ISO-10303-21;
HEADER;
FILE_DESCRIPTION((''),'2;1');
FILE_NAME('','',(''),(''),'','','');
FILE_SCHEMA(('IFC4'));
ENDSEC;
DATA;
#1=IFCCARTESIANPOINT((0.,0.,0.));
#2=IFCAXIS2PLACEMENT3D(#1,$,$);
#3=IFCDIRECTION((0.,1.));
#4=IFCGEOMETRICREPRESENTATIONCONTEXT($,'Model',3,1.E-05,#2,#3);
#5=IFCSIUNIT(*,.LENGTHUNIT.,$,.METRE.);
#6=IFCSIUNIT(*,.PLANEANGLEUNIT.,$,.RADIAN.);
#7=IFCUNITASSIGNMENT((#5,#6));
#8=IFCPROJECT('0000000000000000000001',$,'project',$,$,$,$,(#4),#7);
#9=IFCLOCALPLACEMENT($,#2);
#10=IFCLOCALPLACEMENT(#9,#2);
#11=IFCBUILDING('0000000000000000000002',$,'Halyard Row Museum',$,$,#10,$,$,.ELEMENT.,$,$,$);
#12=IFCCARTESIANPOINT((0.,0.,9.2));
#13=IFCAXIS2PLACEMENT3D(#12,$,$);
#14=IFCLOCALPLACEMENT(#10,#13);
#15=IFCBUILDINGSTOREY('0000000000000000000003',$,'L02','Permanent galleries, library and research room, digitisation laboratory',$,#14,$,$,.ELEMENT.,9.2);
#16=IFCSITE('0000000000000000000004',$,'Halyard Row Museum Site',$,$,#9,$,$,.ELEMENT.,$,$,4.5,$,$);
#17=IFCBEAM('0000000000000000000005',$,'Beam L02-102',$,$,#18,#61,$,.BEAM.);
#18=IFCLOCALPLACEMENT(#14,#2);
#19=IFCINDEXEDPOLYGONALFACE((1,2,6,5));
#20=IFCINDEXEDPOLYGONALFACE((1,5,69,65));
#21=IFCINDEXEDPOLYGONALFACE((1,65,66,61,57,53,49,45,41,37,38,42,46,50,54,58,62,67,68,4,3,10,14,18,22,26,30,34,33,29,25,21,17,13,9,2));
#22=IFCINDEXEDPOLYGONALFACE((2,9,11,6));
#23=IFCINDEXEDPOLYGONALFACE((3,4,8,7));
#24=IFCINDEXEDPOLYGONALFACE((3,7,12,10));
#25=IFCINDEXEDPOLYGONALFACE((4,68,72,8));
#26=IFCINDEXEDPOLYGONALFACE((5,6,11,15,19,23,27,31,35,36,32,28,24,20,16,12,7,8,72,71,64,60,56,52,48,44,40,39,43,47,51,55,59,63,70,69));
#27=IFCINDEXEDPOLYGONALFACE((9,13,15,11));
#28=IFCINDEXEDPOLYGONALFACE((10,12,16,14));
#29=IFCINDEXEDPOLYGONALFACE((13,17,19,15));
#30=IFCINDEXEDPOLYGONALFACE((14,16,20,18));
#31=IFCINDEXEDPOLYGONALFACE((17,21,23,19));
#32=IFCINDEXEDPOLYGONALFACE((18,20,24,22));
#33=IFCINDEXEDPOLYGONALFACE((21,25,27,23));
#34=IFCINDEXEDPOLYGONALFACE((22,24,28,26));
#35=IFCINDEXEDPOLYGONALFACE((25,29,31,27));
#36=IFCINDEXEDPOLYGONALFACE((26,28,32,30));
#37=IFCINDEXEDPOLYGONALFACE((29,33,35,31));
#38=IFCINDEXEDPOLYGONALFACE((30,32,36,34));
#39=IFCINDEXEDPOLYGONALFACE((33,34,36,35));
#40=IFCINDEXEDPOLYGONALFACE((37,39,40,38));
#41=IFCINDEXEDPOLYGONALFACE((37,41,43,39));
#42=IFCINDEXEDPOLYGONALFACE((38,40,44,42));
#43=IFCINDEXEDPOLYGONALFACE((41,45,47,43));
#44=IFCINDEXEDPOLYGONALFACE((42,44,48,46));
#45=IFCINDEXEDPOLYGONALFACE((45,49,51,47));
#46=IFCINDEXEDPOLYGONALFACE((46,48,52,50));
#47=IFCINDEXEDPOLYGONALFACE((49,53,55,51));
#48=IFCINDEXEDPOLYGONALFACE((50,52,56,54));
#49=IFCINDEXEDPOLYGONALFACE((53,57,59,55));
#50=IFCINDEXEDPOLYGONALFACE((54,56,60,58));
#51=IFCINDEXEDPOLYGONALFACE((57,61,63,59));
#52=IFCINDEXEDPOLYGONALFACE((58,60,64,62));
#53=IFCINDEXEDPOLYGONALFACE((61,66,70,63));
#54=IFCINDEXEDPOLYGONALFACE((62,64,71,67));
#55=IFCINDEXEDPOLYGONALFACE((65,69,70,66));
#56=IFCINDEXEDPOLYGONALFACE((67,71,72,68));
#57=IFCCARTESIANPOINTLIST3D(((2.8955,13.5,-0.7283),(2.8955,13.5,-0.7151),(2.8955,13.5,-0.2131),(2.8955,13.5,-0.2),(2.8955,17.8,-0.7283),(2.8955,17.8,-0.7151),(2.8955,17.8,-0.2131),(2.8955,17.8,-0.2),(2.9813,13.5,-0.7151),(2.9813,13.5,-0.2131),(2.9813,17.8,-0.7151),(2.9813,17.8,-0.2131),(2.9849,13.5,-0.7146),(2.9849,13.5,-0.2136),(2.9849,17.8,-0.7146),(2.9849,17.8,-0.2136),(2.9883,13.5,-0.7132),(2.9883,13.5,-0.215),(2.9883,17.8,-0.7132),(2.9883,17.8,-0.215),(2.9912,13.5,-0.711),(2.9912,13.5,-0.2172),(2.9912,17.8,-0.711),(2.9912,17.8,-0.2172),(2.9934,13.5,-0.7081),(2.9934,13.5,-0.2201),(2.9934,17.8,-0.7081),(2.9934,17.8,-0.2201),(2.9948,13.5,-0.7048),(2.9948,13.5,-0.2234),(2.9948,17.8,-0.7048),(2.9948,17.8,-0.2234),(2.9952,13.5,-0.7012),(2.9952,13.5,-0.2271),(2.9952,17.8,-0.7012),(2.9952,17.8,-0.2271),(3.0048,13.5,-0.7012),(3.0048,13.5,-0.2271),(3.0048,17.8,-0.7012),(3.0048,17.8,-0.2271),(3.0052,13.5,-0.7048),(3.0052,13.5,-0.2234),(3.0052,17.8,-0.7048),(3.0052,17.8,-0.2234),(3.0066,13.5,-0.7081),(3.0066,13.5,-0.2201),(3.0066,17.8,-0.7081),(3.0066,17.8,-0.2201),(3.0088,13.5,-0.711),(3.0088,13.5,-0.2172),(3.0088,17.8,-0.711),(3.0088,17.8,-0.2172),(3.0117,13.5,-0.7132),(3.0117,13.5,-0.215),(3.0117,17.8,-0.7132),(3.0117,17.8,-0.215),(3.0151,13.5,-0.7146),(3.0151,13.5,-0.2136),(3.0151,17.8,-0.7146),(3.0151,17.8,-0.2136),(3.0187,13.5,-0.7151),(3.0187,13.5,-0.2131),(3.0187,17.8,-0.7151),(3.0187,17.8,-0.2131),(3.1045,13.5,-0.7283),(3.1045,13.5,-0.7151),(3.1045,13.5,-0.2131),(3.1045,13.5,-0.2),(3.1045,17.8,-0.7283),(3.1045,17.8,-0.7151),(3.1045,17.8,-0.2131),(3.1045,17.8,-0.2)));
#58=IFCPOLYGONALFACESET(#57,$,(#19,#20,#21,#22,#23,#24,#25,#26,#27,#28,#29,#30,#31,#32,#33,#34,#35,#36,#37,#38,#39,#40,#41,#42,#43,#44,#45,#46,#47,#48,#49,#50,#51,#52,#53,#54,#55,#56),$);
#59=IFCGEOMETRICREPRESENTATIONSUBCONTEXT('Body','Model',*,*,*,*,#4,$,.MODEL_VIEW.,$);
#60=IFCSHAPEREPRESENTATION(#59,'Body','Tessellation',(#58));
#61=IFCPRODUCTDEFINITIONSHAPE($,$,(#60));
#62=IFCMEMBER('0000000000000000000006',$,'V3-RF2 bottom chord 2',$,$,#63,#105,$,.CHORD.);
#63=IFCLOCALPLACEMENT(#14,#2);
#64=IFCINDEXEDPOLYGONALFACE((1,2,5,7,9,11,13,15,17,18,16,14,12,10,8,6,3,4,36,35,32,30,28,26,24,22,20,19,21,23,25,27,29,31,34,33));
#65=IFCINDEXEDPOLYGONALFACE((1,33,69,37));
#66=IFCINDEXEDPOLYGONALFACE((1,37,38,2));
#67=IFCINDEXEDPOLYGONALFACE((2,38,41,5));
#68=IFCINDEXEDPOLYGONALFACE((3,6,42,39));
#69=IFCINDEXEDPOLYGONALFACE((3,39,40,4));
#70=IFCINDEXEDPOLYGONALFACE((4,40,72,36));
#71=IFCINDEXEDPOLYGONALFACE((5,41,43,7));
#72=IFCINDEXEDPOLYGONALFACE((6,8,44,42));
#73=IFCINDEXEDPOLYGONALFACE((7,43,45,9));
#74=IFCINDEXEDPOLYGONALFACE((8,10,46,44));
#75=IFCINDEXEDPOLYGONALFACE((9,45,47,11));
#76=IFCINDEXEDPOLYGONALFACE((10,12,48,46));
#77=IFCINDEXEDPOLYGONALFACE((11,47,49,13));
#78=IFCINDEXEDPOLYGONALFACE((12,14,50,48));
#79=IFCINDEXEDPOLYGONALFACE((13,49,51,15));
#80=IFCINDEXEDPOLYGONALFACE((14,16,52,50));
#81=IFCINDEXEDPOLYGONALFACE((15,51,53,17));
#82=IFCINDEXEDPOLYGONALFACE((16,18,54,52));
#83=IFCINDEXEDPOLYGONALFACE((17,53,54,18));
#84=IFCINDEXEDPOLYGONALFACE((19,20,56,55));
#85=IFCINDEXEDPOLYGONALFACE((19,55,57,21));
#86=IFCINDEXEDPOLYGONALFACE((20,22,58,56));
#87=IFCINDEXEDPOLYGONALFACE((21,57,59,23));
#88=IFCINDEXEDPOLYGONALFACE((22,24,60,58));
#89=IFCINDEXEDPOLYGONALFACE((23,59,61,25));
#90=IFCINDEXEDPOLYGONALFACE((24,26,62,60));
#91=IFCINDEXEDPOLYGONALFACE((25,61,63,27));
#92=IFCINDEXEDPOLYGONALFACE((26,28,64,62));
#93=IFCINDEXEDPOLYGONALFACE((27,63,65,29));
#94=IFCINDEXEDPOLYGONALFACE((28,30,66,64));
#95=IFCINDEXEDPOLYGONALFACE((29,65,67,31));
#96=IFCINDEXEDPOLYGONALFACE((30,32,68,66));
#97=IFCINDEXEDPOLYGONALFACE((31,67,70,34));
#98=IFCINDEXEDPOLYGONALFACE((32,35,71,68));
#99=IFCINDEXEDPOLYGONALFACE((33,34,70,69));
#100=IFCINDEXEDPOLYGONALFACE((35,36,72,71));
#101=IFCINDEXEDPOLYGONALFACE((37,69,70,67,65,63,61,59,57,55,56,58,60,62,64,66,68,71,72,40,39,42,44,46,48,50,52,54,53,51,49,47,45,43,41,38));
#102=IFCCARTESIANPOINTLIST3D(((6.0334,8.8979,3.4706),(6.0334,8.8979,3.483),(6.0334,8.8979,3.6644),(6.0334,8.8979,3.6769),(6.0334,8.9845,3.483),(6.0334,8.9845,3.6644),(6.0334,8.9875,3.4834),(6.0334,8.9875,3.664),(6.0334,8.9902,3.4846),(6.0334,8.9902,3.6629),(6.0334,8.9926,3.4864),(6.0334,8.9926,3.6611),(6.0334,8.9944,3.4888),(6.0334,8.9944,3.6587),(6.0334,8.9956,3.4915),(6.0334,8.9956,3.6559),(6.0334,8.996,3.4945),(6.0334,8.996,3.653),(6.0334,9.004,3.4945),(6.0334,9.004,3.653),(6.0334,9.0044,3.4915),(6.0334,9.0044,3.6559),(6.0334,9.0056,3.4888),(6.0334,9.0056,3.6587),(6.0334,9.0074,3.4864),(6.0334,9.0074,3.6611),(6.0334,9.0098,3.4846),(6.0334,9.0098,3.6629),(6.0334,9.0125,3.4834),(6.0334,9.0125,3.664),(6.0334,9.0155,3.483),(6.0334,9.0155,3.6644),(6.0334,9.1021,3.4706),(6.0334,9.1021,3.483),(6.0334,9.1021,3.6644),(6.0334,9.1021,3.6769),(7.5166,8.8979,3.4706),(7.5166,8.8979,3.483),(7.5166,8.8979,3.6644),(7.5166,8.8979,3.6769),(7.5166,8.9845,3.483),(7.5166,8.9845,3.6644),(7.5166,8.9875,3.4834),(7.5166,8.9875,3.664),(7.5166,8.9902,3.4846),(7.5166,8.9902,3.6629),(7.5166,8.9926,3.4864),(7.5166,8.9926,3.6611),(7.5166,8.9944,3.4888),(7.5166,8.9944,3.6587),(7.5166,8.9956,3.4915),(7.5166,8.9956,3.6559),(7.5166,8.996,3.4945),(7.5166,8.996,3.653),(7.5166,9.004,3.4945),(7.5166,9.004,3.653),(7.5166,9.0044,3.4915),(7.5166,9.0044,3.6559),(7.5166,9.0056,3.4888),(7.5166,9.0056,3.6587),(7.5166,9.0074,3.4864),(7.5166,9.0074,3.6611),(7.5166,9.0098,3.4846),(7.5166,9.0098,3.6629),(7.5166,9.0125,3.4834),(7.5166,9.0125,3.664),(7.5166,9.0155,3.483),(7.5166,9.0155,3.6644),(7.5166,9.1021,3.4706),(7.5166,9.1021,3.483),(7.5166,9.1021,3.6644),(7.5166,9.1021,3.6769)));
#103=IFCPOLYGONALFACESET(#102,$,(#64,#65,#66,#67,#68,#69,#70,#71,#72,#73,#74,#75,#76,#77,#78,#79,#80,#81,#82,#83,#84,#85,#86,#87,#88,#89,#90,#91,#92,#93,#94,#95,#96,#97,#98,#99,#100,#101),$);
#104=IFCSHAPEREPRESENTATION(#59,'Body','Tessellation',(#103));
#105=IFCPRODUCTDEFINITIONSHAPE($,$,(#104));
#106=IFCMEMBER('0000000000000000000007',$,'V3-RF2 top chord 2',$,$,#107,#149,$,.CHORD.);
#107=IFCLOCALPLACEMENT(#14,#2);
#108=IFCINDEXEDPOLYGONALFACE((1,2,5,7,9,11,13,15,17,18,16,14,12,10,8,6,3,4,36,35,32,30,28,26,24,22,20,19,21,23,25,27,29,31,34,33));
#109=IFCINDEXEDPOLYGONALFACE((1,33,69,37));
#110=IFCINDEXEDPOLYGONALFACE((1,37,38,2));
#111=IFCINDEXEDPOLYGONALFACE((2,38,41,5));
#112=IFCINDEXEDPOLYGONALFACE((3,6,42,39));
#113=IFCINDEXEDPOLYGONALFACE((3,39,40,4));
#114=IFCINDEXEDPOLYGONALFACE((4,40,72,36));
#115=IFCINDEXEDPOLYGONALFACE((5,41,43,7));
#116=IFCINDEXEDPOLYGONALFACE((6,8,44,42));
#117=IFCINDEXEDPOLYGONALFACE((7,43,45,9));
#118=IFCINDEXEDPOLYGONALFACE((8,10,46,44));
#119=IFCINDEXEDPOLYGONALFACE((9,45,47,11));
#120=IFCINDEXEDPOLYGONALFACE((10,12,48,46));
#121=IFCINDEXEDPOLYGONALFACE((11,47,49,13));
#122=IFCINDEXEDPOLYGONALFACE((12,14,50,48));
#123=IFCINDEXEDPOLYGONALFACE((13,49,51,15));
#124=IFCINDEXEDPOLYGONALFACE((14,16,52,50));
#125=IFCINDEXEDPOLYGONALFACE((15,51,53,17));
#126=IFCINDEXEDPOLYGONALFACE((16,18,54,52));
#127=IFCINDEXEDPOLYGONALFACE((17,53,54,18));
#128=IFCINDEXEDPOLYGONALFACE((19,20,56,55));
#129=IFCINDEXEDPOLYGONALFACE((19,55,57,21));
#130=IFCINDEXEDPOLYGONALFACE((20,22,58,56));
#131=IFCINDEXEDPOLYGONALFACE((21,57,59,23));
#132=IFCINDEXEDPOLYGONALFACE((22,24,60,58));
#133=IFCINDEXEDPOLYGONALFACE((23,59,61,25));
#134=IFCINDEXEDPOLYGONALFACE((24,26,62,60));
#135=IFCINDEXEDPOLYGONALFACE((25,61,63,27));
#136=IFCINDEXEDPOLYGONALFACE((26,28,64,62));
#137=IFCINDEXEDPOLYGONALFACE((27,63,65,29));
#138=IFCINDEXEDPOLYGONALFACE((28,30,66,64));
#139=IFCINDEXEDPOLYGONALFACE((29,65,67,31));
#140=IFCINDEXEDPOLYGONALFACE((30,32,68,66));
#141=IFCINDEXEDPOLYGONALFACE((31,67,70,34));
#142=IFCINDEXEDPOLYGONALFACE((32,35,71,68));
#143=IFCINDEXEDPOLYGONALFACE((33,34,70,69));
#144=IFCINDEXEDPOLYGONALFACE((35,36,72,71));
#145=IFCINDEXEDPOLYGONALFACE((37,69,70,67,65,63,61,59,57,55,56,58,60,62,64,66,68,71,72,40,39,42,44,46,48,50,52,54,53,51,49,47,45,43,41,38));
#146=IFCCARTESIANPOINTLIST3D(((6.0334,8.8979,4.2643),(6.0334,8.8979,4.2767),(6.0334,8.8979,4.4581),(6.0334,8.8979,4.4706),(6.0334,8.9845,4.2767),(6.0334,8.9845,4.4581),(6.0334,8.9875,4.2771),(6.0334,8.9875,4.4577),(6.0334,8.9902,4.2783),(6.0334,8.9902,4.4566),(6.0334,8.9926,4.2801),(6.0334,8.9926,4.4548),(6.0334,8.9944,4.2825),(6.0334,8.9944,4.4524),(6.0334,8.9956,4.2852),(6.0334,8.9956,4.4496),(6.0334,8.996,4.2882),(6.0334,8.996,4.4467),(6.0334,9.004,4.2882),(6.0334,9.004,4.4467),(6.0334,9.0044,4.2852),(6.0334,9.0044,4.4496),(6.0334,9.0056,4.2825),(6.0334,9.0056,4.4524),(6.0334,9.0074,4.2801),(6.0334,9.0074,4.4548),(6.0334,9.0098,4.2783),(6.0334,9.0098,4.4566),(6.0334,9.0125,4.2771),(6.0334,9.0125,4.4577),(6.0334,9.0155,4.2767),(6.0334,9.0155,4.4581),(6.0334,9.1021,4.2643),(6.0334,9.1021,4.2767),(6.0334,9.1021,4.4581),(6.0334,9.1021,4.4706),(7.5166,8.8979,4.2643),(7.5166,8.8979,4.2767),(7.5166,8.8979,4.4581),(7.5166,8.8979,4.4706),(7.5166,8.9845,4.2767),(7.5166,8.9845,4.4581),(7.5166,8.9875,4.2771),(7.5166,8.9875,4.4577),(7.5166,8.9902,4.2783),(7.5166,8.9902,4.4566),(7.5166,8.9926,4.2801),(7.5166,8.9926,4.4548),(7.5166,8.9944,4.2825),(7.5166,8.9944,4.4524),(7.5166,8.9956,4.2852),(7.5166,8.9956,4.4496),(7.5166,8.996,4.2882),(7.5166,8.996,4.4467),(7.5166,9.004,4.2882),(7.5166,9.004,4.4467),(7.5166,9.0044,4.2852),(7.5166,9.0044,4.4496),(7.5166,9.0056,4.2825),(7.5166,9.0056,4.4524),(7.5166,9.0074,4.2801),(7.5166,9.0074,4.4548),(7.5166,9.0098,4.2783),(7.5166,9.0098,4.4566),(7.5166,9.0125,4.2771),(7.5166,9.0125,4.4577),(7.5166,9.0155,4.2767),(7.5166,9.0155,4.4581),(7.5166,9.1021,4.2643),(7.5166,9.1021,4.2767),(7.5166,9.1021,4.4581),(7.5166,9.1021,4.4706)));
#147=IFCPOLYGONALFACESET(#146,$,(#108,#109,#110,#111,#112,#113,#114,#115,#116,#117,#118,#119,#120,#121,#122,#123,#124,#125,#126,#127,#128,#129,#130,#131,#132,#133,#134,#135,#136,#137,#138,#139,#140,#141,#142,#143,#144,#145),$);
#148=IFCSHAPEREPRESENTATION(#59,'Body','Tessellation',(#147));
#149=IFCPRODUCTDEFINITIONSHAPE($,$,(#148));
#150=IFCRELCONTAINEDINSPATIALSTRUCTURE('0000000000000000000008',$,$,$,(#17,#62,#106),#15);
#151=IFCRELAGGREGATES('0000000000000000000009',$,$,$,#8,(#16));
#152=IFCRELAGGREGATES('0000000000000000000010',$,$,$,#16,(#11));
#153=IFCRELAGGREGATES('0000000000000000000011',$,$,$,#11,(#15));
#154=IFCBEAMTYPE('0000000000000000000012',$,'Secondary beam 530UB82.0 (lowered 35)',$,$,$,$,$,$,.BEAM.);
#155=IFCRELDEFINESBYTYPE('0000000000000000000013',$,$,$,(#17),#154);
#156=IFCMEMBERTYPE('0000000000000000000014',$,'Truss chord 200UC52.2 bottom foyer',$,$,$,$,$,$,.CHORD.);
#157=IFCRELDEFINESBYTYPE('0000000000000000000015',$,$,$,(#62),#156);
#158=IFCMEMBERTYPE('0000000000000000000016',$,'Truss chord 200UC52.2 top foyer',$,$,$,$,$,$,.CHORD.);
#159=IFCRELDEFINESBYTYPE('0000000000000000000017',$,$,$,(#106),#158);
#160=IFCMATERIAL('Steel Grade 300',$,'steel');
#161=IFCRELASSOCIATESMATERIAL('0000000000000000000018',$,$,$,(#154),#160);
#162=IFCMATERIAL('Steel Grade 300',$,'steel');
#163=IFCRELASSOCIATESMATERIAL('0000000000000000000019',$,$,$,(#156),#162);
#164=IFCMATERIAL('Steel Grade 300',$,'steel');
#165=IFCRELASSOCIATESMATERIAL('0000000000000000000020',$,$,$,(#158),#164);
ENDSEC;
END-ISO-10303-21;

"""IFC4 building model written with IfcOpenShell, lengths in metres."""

from ifc_helpers import new_model, si_unit, direction, frame, origin, origin_2d, place, context, subcontext, project, spatial, i_section, extrude, material, material_profile, profile_set, type_object, element, save


model = new_model("IFC4")

# Units and contexts
model_context = context("Model", 3, precision=1e-05, world=origin(), true_north=direction((0.0, 1.0)))
body_context = subcontext(model_context, "Body", "Model", "MODEL_VIEW")
ifc_project = project(units=[si_unit("LENGTHUNIT", "METRE"), si_unit("PLANEANGLEUNIT", "RADIAN")], contexts=[model_context])

# Site, building, storey
site_placement = place(None, origin())
site = spatial("IfcSite", under=ifc_project, at=site_placement, Name="Halyard Row Museum Site", CompositionType="ELEMENT", RefElevation=4.5)
building_placement = place(site_placement, origin())
building = spatial("IfcBuilding", under=site, at=building_placement, Name="Halyard Row Museum", CompositionType="ELEMENT")
storey_placement = place(building_placement, frame((0.0, 0.0, 9.2)))
storey = spatial("IfcBuildingStorey", under=building, at=storey_placement, Name="L02", Description="Permanent galleries, library and research room, digitisation laboratory", CompositionType="ELEMENT", Elevation=9.2)

# Beam
ifc_material_1 = material(Name="Steel Grade 300", Category="steel")
ifc_material_profile_1 = material_profile(ifc_material_1, i_section(OverallWidth=0.209, OverallDepth=0.5283, WebThickness=0.0095, FlangeThickness=0.0132, FilletRadius=0.0139, at=origin_2d()), Name="530UB82.0")
ifc_profile_set_1 = profile_set([ifc_material_profile_1], Name="Steel Grade 300")
beam_type_1 = type_object("IfcBeamType", Name="Secondary beam 530UB82.0 (lowered 35)", PredefinedType="BEAM", material=ifc_profile_set_1)
beam_1_placement = place(storey_placement, frame((3.0, 13.5, -0.4641), z_axis=(0.0, 1.0, 0.0), x_axis=(-1.0, 0.0, 0.0)))
element("IfcBeam", 1, at=beam_1_placement, inside=storey, type_object=beam_type_1, Name="Beam L02-102", PredefinedType="BEAM", context=body_context, shape_type="SweptSolid", body=[
    extrude(i_section(OverallWidth=0.209, OverallDepth=0.5283, WebThickness=0.0095, FlangeThickness=0.0132, FilletRadius=0.0139, at=origin_2d()), origin(), (0.0, 0.0, 1.0), 4.3),
])

# Members
ifc_material_2 = material(Name="Steel Grade 300", Category="steel")
ifc_material_profile_2 = material_profile(ifc_material_2, i_section(OverallWidth=0.2041, OverallDepth=0.2063, WebThickness=0.0081, FlangeThickness=0.0125, FilletRadius=0.0115, at=origin_2d()), Name="200UC52.2")
ifc_profile_set_2 = profile_set([ifc_material_profile_2], Name="Steel Grade 300")
member_type_1 = type_object("IfcMemberType", Name="Truss chord 200UC52.2 bottom foyer", PredefinedType="CHORD", material=ifc_profile_set_2)
member_1_placement = place(storey_placement, frame((6.0334, 9.0, 3.5737), z_axis=(1.0, 0.0, 0.0), x_axis=(0.0, 1.0, 0.0)))
element("IfcMember", 2, at=member_1_placement, inside=storey, type_object=member_type_1, Name="V3-RF2 bottom chord 2", PredefinedType="CHORD", context=body_context, shape_type="SweptSolid", body=[
    extrude(i_section(OverallWidth=0.2041, OverallDepth=0.2063, WebThickness=0.0081, FlangeThickness=0.0125, FilletRadius=0.0115, at=origin_2d()), origin(), (0.0, 0.0, 1.0), 1.4832),
])
ifc_material_3 = material(Name="Steel Grade 300", Category="steel")
ifc_material_profile_3 = material_profile(ifc_material_3, i_section(OverallWidth=0.2041, OverallDepth=0.2063, WebThickness=0.0081, FlangeThickness=0.0125, FilletRadius=0.0115, at=origin_2d()), Name="200UC52.2")
ifc_profile_set_3 = profile_set([ifc_material_profile_3], Name="Steel Grade 300")
member_type_2 = type_object("IfcMemberType", Name="Truss chord 200UC52.2 top foyer", PredefinedType="CHORD", material=ifc_profile_set_3)
member_2_placement = place(storey_placement, frame((6.0334, 9.0, 4.3674), z_axis=(1.0, 0.0, 0.0), x_axis=(0.0, 1.0, 0.0)))
element("IfcMember", 3, at=member_2_placement, inside=storey, type_object=member_type_2, Name="V3-RF2 top chord 2", PredefinedType="CHORD", context=body_context, shape_type="SweptSolid", body=[
    extrude(i_section(OverallWidth=0.2041, OverallDepth=0.2063, WebThickness=0.0081, FlangeThickness=0.0125, FilletRadius=0.0115, at=origin_2d()), origin(), (0.0, 0.0, 1.0), 1.4832),
])

save(model, "model.ifc")
